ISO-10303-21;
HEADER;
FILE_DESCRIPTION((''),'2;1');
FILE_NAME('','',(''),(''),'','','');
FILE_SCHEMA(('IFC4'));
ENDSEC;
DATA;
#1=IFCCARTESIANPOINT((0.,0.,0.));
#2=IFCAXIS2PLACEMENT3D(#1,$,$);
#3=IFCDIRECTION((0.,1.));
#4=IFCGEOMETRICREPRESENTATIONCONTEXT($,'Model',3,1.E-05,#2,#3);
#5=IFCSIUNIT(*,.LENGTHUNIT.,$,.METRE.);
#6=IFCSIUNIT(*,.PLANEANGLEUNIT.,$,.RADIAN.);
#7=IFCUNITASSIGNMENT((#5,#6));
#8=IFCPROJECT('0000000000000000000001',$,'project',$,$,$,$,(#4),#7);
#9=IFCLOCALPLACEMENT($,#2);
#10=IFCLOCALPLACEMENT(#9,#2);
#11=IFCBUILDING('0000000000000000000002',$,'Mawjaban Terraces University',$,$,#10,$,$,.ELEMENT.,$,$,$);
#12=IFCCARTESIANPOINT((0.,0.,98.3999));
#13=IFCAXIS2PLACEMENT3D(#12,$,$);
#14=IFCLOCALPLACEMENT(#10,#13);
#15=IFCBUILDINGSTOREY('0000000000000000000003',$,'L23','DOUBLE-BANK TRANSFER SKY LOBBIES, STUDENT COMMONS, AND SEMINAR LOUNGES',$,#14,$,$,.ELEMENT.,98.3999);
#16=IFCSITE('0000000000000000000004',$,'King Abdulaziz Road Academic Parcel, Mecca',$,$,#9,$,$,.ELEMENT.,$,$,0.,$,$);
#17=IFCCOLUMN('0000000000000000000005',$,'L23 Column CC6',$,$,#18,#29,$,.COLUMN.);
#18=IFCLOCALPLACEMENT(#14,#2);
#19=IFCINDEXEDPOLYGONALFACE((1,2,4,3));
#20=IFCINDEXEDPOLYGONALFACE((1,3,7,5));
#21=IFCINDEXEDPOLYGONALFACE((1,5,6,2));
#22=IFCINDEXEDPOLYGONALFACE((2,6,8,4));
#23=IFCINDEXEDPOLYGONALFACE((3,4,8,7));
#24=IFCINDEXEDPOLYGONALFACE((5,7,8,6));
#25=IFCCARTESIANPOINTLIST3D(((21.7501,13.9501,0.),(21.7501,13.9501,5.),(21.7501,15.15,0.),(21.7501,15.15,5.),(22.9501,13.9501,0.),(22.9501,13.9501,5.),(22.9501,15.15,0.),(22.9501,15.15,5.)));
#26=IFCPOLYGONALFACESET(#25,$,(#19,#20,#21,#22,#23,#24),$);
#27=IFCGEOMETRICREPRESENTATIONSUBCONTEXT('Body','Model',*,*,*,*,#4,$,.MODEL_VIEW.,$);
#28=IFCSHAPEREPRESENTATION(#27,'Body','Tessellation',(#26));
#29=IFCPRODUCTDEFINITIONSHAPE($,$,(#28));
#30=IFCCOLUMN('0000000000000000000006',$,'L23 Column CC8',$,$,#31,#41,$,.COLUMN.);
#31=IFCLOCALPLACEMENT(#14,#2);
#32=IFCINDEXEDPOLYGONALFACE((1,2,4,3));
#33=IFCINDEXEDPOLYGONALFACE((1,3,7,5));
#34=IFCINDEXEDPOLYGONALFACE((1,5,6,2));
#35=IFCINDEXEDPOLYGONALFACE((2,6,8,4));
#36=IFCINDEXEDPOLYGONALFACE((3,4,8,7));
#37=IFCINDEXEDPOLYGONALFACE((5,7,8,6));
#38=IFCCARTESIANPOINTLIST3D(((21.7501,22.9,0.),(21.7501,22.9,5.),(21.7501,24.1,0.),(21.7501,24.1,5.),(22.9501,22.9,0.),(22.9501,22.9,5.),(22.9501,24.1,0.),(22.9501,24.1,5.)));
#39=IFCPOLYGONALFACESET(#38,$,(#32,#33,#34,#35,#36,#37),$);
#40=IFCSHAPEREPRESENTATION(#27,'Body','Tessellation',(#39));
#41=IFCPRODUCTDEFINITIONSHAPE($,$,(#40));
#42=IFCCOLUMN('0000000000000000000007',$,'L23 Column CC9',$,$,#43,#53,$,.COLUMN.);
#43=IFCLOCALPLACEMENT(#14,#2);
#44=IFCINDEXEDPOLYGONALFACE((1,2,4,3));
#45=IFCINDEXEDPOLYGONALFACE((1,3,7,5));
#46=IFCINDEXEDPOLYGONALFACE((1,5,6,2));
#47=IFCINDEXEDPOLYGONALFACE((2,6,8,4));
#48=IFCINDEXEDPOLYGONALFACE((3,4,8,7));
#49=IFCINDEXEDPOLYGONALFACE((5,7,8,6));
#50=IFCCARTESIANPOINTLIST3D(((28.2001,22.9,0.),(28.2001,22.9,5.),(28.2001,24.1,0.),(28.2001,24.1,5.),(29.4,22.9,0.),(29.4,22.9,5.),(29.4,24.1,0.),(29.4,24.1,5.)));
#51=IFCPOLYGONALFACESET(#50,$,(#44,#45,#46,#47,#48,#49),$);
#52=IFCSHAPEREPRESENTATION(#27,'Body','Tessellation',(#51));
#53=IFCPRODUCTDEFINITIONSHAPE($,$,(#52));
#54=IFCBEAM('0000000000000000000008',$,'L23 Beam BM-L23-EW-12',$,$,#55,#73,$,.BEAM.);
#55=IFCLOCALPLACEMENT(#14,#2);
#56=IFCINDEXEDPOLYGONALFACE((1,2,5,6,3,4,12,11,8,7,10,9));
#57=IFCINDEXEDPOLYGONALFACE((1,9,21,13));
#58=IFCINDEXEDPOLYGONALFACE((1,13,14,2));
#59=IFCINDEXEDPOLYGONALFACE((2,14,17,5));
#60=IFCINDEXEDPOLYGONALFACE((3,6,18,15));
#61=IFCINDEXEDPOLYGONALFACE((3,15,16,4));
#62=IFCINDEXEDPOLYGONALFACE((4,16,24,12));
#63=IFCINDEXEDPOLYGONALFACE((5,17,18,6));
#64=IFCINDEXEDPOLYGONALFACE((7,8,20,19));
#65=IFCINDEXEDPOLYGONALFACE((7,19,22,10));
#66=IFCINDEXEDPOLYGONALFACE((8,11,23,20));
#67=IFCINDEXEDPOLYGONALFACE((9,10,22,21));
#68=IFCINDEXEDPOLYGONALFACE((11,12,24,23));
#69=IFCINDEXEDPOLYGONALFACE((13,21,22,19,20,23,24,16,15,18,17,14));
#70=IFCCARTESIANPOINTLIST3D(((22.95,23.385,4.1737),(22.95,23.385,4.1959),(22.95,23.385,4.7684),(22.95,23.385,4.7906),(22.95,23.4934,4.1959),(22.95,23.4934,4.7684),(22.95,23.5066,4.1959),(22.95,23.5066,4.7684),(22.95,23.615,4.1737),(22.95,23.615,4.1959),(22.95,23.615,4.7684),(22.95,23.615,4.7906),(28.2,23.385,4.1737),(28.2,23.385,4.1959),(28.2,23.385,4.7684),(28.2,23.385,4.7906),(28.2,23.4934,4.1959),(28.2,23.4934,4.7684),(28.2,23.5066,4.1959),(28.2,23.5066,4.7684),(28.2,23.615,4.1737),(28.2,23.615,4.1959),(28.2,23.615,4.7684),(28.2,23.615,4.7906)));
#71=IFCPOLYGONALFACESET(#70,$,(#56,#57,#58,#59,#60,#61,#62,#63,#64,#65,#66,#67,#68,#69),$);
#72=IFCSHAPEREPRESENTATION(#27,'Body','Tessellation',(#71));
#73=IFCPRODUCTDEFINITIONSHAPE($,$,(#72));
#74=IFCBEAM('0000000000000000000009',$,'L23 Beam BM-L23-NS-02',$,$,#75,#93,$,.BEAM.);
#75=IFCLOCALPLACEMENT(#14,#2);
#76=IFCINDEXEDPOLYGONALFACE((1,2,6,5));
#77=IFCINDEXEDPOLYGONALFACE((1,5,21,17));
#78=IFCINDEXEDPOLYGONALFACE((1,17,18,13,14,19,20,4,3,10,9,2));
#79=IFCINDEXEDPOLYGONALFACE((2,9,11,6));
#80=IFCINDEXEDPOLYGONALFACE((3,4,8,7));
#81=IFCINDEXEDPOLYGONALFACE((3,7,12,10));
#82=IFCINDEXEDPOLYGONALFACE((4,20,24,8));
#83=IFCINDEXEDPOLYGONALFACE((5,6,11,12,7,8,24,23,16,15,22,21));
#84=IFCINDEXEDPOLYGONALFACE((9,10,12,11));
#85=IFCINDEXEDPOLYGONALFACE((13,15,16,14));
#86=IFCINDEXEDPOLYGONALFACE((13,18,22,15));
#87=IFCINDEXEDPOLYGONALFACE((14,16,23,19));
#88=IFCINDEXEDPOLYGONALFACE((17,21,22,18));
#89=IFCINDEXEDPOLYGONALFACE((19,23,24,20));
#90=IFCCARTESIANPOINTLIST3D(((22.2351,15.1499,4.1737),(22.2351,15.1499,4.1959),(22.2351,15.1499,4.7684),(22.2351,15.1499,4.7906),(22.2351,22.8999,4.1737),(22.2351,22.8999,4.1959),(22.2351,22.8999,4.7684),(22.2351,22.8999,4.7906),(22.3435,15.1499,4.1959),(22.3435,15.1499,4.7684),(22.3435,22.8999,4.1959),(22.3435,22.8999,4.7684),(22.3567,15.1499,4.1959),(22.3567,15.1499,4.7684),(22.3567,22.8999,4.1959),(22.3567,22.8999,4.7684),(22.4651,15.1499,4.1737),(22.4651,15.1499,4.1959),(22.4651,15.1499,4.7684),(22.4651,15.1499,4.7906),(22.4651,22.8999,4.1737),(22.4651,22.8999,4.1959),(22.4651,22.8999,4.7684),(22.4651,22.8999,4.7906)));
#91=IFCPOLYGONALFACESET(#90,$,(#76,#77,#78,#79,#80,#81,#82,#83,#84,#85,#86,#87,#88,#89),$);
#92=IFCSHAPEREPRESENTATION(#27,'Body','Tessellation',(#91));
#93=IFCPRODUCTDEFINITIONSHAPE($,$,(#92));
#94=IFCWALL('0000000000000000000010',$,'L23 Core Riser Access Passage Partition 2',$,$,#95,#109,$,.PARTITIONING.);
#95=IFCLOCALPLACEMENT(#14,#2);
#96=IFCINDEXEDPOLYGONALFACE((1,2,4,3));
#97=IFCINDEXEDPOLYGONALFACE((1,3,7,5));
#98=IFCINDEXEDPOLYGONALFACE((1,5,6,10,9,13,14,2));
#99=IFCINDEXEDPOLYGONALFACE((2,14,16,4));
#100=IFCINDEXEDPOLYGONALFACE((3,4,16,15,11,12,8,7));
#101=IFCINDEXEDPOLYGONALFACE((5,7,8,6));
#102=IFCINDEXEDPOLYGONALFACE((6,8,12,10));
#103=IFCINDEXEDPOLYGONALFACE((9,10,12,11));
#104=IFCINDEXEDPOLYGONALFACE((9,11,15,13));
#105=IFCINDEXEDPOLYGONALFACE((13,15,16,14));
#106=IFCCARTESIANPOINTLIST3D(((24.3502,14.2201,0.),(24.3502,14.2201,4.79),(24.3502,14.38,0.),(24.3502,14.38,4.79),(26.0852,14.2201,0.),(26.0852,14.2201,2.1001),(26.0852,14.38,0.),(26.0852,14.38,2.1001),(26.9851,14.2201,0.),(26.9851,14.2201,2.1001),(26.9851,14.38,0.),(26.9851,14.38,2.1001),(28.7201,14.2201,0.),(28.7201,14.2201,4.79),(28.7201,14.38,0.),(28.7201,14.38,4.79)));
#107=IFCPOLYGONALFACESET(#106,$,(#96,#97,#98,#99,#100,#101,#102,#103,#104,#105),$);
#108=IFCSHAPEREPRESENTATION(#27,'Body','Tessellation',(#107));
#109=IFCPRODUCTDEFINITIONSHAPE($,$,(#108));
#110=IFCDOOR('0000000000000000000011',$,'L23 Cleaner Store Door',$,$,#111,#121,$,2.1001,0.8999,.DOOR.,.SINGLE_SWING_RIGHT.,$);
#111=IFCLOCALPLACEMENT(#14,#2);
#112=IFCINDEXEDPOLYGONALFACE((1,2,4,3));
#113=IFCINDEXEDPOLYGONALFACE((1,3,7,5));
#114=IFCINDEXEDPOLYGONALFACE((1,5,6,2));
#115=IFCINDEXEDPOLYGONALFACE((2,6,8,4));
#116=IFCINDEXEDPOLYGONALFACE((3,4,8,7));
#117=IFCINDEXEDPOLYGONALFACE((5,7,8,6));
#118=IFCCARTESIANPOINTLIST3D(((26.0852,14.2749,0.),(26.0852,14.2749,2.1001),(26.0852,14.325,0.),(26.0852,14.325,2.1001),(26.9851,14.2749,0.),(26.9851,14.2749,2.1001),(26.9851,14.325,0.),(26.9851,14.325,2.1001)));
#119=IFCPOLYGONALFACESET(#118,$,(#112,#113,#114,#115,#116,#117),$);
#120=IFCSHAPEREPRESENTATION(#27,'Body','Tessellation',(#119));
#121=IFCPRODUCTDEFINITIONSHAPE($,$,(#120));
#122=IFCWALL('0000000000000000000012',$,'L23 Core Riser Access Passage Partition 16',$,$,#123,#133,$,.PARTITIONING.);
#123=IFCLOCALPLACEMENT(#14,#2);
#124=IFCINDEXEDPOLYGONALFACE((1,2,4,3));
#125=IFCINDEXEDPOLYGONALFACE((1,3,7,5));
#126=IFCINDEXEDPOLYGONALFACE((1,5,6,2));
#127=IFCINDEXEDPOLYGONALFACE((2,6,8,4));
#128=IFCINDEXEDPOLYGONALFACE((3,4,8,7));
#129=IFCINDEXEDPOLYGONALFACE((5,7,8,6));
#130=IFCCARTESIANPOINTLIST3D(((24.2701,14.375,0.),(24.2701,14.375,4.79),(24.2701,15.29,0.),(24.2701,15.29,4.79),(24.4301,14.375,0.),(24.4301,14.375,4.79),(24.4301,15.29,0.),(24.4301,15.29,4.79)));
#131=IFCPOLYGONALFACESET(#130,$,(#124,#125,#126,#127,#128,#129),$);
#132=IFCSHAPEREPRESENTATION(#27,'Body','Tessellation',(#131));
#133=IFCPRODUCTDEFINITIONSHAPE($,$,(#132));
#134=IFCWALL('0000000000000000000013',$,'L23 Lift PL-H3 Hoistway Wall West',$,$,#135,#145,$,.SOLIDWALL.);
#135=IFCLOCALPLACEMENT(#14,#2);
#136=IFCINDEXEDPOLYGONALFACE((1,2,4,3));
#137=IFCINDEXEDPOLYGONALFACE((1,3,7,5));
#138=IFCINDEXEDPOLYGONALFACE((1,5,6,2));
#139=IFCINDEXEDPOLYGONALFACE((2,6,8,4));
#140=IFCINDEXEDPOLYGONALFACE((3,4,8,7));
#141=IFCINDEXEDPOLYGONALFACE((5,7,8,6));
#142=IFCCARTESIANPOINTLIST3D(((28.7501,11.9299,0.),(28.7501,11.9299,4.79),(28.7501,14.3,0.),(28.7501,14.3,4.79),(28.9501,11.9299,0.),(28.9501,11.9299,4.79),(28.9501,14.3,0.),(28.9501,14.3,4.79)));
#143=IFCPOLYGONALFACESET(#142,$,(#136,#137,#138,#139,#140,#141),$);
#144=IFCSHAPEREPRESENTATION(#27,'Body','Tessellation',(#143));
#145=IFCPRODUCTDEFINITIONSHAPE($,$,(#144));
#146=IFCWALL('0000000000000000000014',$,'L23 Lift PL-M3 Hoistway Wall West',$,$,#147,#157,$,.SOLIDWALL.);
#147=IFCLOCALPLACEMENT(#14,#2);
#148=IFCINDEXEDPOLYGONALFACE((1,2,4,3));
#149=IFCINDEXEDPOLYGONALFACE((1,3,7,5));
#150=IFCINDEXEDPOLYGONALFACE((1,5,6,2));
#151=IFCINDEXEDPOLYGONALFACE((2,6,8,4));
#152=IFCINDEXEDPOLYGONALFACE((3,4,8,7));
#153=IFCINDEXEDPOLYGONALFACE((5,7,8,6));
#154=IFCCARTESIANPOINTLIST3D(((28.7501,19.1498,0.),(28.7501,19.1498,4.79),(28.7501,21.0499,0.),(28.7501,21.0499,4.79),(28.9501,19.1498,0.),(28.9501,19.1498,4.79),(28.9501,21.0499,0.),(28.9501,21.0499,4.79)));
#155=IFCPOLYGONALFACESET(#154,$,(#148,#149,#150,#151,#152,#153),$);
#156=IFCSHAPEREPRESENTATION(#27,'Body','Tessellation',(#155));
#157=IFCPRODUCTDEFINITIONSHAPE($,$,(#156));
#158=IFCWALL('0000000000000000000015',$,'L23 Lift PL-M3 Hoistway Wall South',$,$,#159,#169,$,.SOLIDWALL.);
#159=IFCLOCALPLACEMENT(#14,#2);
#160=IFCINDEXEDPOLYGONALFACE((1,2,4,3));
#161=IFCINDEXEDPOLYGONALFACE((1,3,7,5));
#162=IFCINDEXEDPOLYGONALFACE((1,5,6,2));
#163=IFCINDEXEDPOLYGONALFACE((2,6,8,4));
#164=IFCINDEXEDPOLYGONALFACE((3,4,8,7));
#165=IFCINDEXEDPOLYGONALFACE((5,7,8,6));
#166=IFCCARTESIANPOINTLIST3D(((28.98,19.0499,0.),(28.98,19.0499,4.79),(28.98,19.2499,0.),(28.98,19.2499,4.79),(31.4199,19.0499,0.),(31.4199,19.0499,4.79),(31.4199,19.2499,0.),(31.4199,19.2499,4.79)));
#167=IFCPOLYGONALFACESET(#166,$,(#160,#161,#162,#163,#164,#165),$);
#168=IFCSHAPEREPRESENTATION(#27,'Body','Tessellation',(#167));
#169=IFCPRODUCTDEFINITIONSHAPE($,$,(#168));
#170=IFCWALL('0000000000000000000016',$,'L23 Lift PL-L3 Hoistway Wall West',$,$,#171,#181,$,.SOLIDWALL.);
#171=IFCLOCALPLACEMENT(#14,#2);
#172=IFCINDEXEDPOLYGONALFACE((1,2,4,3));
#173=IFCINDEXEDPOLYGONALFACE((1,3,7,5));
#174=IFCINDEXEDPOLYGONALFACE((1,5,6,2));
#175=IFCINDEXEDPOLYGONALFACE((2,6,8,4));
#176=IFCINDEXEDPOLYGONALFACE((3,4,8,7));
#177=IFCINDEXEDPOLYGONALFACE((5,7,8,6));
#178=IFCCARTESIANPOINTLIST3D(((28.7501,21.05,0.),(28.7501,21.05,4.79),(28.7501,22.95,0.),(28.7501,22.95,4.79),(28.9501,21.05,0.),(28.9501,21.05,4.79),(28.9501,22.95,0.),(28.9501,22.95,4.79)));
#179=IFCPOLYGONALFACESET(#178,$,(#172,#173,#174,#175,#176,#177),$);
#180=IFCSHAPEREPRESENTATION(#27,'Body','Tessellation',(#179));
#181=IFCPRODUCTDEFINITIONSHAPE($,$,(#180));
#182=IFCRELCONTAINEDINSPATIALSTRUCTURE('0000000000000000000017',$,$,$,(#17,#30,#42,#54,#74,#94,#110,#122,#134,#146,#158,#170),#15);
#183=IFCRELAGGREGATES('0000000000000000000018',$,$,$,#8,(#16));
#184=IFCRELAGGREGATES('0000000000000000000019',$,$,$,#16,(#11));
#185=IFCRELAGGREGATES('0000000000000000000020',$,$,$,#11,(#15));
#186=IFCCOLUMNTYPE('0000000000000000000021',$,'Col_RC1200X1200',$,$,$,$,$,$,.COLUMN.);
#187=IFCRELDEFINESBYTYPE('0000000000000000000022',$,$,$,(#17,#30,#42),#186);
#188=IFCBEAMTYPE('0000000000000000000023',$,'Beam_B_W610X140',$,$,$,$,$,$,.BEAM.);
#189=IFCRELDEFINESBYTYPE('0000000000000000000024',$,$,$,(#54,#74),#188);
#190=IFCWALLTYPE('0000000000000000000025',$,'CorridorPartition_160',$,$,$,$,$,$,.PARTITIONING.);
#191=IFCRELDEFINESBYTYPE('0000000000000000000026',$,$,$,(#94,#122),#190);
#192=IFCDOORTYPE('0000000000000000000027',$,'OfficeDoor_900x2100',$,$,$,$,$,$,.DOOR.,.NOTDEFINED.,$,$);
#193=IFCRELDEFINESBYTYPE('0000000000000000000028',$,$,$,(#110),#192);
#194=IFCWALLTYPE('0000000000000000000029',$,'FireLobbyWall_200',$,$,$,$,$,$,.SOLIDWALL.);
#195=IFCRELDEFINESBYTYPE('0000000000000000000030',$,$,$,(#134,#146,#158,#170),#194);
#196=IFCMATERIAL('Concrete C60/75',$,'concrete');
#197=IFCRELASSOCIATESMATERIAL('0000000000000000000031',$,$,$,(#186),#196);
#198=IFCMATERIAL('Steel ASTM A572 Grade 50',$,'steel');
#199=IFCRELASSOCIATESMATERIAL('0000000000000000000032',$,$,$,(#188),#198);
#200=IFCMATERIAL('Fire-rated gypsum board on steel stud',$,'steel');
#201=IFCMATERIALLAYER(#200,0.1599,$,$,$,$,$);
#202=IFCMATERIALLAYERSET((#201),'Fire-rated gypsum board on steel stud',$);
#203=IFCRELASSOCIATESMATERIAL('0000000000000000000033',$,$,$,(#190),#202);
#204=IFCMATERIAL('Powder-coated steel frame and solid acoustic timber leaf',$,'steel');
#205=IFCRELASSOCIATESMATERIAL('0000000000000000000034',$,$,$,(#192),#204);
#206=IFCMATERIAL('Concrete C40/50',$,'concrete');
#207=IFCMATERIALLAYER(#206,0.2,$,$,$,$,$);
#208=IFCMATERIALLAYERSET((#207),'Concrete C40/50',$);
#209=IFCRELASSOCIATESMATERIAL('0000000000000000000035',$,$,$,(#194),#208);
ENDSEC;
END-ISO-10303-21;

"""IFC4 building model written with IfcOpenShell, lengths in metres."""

from ifc_helpers import new_model, si_unit, direction, frame, frame_2d, origin, origin_2d, place, context, subcontext, project, spatial, rectangle, i_section, extrude, material, layer, layer_set, material_profile, profile_set, type_object, element, fill, save


model = new_model("IFC4")

# Units and contexts
model_context = context("Model", 3, precision=1e-05, world=origin(), true_north=direction((0.0, 1.0)))
body_context = subcontext(model_context, "Body", "Model", "MODEL_VIEW")
ifc_project = project(units=[si_unit("LENGTHUNIT", "METRE"), si_unit("PLANEANGLEUNIT", "RADIAN")], contexts=[model_context])

# Site, building, storey
site_placement = place(None, origin())
site = spatial("IfcSite", under=ifc_project, at=site_placement, Name="King Abdulaziz Road Academic Parcel, Mecca", CompositionType="ELEMENT", RefElevation=0.0)
building_placement = place(site_placement, origin())
building = spatial("IfcBuilding", under=site, at=building_placement, Name="Mawjaban Terraces University", CompositionType="ELEMENT")
storey_placement = place(building_placement, frame((0.0, 0.0, 98.3999)))
storey = spatial("IfcBuildingStorey", under=building, at=storey_placement, Name="L23", Description="DOUBLE-BANK TRANSFER SKY LOBBIES, STUDENT COMMONS, AND SEMINAR LOUNGES", CompositionType="ELEMENT", Elevation=98.3999)

# Columns
ifc_material_1 = material(Name="Concrete C60/75", Category="concrete")
ifc_material_profile_1 = material_profile(ifc_material_1, rectangle(XDim=1.2, YDim=1.2, at=origin_2d()), Name="RC1200X1200")
ifc_profile_set_1 = profile_set([ifc_material_profile_1], Name="Concrete C60/75")
column_type = type_object("IfcColumnType", Name="Col_RC1200X1200", PredefinedType="COLUMN", material=ifc_profile_set_1)
for number, where, z_axis, x_axis, name in (
    (1, (22.3501, 14.55, 0.0), (0.0, 0.0, 1.0), (1.0, 0.0, 0.0), "L23 Column CC6"),
    (2, (22.3501, 23.5, 0.0), (0.0, 0.0, 1.0), (1.0, 0.0, 0.0), "L23 Column CC8"),
    (3, (28.8, 23.5, 0.0), (0.0, 0.0, 1.0), (1.0, 0.0, 0.0), "L23 Column CC9"),
):
    element("IfcColumn", number, at=place(storey_placement, frame(where, z_axis=z_axis, x_axis=x_axis)), inside=storey, type_object=column_type, Name=name, PredefinedType="COLUMN", context=body_context, shape_type="SweptSolid", body=[
        extrude(rectangle(XDim=1.2, YDim=1.2, at=origin_2d()), origin(), (0.0, 0.0, 1.0), 5.0),
    ])

# Beams
ifc_material_2 = material(Name="Steel ASTM A572 Grade 50", Category="steel")
ifc_material_profile_2 = material_profile(ifc_material_2, i_section(OverallWidth=0.23, OverallDepth=0.6169, WebThickness=0.0132, FlangeThickness=0.0222, at=origin_2d()), Name="W610X140")
ifc_profile_set_2 = profile_set([ifc_material_profile_2], Name="Steel ASTM A572 Grade 50")
beam_type = type_object("IfcBeamType", Name="Beam_B_W610X140", PredefinedType="BEAM", material=ifc_profile_set_2)
beam_1_placement = place(storey_placement, frame((22.95, 23.5, 4.4822), z_axis=(1.0, 0.0, 0.0), x_axis=(0.0, 1.0, 0.0)))
element("IfcBeam", 4, at=beam_1_placement, inside=storey, type_object=beam_type, Name="L23 Beam BM-L23-EW-12", PredefinedType="BEAM", context=body_context, shape_type="SweptSolid", body=[
    extrude(i_section(OverallWidth=0.23, OverallDepth=0.6169, WebThickness=0.0132, FlangeThickness=0.0222, at=origin_2d()), origin(), (0.0, 0.0, 1.0), 5.25),
])
beam_2_placement = place(storey_placement, frame((22.3501, 15.1499, 4.4822), z_axis=(0.0, 1.0, 0.0), x_axis=(-1.0, 0.0, 0.0)))
element("IfcBeam", 5, at=beam_2_placement, inside=storey, type_object=beam_type, Name="L23 Beam BM-L23-NS-02", PredefinedType="BEAM", context=body_context, shape_type="SweptSolid", body=[
    extrude(i_section(OverallWidth=0.23, OverallDepth=0.6169, WebThickness=0.0132, FlangeThickness=0.0222, at=origin_2d()), origin(), (0.0, 0.0, 1.0), 7.75),
])

# Wall, opening, door
ifc_material_3 = material(Name="Fire-rated gypsum board on steel stud", Category="steel")
ifc_layer_1 = layer(ifc_material_3, 0.1599)
ifc_layer_set_1 = layer_set([ifc_layer_1], Name="Fire-rated gypsum board on steel stud")
wall_type_1 = type_object("IfcWallType", Name="CorridorPartition_160", PredefinedType="PARTITIONING", material=ifc_layer_set_1)
wall_1_placement = place(storey_placement, frame((24.3501, 14.3, 0.0), z_axis=(0.0, 0.0, 1.0), x_axis=(1.0, 0.0, 0.0)))
wall_1 = element("IfcWall", 6, at=wall_1_placement, inside=storey, type_object=wall_type_1, Name="L23 Core Riser Access Passage Partition 2", PredefinedType="PARTITIONING", context=body_context, shape_type="SweptSolid", body=[
    extrude(rectangle(XDim=4.3699, YDim=0.1599, at=frame_2d((2.1851, 0.0))), origin(), (0.0, 0.0, 1.0), 4.79),
])
opening_placement = place(wall_1_placement, frame((1.7351, 0.0, 0.0)))
opening = element("IfcOpeningElement", 7, at=opening_placement, cuts=wall_1, PredefinedType="OPENING", context=body_context, shape_type="SweptSolid", body=[
    extrude(rectangle(XDim=0.8999, YDim=2.1001, at=frame_2d((0.45, 1.05))), frame((0.0, 0.0898, 0.0), z_axis=(0.0, -1.0, 0.0), x_axis=(1.0, 0.0, 0.0)), (0.0, 0.0, 1.0), 0.1799),
])
ifc_material_4 = material(Name="Powder-coated steel frame and solid acoustic timber leaf", Category="steel")
door_type = type_object("IfcDoorType", Name="OfficeDoor_900x2100", OperationType="NOTDEFINED", PredefinedType="DOOR", material=ifc_material_4)
door_placement = place(opening_placement, origin())
door = element("IfcDoor", 8, at=door_placement, inside=storey, type_object=door_type, Name="L23 Cleaner Store Door", OperationType="SINGLE_SWING_RIGHT", OverallHeight=2.1001, OverallWidth=0.8999, PredefinedType="DOOR", context=body_context, shape_type="SweptSolid", body=[
    extrude(rectangle(XDim=0.8999, YDim=2.1001, at=frame_2d((0.45, 1.05))), frame((0.0, 0.0249, 0.0), z_axis=(0.0, -1.0, 0.0), x_axis=(1.0, 0.0, 0.0)), (0.0, 0.0, 1.0), 0.05),
])
fill(opening, door)

# Walls
wall_2_placement = place(storey_placement, frame((24.3501, 15.29, 0.0), z_axis=(0.0, 0.0, 1.0), x_axis=(0.0, -1.0, 0.0)))
element("IfcWall", 9, at=wall_2_placement, inside=storey, type_object=wall_type_1, Name="L23 Core Riser Access Passage Partition 16", PredefinedType="PARTITIONING", context=body_context, shape_type="SweptSolid", body=[
    extrude(rectangle(XDim=0.915, YDim=0.1599, at=frame_2d((0.4575, 0.0))), origin(), (0.0, 0.0, 1.0), 4.79),
])
ifc_material_5 = material(Name="Concrete C40/50", Category="concrete")
ifc_layer_2 = layer(ifc_material_5, 0.2)
ifc_layer_set_2 = layer_set([ifc_layer_2], Name="Concrete C40/50")
wall_type_2 = type_object("IfcWallType", Name="FireLobbyWall_200", PredefinedType="SOLIDWALL", material=ifc_layer_set_2)
wall_3_placement = place(storey_placement, frame((28.8501, 14.3, 0.0), z_axis=(0.0, 0.0, 1.0), x_axis=(0.0, -1.0, 0.0)))
element("IfcWall", 10, at=wall_3_placement, inside=storey, type_object=wall_type_2, Name="L23 Lift PL-H3 Hoistway Wall West", PredefinedType="SOLIDWALL", context=body_context, shape_type="SweptSolid", body=[
    extrude(rectangle(XDim=2.3701, YDim=0.2, at=frame_2d((1.1851, 0.0))), origin(), (0.0, 0.0, 1.0), 4.79),
])
wall_4_placement = place(storey_placement, frame((28.8501, 21.05, 0.0), z_axis=(0.0, 0.0, 1.0), x_axis=(0.0, -1.0, 0.0)))
element("IfcWall", 11, at=wall_4_placement, inside=storey, type_object=wall_type_2, Name="L23 Lift PL-M3 Hoistway Wall West", PredefinedType="SOLIDWALL", context=body_context, shape_type="SweptSolid", body=[
    extrude(rectangle(XDim=1.9001, YDim=0.2, at=frame_2d((0.9502, 0.0))), origin(), (0.0, 0.0, 1.0), 4.79),
])
wall_5_placement = place(storey_placement, frame((28.98, 19.1499, 0.0), z_axis=(0.0, 0.0, 1.0), x_axis=(1.0, 0.0, 0.0)))
element("IfcWall", 12, at=wall_5_placement, inside=storey, type_object=wall_type_2, Name="L23 Lift PL-M3 Hoistway Wall South", PredefinedType="SOLIDWALL", context=body_context, shape_type="SweptSolid", body=[
    extrude(rectangle(XDim=2.4399, YDim=0.2, at=frame_2d((1.22, 0.0))), origin(), (0.0, 0.0, 1.0), 4.79),
])
wall_6_placement = place(storey_placement, frame((28.8501, 22.95, 0.0), z_axis=(0.0, 0.0, 1.0), x_axis=(0.0, -1.0, 0.0)))
element("IfcWall", 13, at=wall_6_placement, inside=storey, type_object=wall_type_2, Name="L23 Lift PL-L3 Hoistway Wall West", PredefinedType="SOLIDWALL", context=body_context, shape_type="SweptSolid", body=[
    extrude(rectangle(XDim=1.8999, YDim=0.2, at=frame_2d((0.95, 0.0))), origin(), (0.0, 0.0, 1.0), 4.79),
])

save(model, "model.ifc")
